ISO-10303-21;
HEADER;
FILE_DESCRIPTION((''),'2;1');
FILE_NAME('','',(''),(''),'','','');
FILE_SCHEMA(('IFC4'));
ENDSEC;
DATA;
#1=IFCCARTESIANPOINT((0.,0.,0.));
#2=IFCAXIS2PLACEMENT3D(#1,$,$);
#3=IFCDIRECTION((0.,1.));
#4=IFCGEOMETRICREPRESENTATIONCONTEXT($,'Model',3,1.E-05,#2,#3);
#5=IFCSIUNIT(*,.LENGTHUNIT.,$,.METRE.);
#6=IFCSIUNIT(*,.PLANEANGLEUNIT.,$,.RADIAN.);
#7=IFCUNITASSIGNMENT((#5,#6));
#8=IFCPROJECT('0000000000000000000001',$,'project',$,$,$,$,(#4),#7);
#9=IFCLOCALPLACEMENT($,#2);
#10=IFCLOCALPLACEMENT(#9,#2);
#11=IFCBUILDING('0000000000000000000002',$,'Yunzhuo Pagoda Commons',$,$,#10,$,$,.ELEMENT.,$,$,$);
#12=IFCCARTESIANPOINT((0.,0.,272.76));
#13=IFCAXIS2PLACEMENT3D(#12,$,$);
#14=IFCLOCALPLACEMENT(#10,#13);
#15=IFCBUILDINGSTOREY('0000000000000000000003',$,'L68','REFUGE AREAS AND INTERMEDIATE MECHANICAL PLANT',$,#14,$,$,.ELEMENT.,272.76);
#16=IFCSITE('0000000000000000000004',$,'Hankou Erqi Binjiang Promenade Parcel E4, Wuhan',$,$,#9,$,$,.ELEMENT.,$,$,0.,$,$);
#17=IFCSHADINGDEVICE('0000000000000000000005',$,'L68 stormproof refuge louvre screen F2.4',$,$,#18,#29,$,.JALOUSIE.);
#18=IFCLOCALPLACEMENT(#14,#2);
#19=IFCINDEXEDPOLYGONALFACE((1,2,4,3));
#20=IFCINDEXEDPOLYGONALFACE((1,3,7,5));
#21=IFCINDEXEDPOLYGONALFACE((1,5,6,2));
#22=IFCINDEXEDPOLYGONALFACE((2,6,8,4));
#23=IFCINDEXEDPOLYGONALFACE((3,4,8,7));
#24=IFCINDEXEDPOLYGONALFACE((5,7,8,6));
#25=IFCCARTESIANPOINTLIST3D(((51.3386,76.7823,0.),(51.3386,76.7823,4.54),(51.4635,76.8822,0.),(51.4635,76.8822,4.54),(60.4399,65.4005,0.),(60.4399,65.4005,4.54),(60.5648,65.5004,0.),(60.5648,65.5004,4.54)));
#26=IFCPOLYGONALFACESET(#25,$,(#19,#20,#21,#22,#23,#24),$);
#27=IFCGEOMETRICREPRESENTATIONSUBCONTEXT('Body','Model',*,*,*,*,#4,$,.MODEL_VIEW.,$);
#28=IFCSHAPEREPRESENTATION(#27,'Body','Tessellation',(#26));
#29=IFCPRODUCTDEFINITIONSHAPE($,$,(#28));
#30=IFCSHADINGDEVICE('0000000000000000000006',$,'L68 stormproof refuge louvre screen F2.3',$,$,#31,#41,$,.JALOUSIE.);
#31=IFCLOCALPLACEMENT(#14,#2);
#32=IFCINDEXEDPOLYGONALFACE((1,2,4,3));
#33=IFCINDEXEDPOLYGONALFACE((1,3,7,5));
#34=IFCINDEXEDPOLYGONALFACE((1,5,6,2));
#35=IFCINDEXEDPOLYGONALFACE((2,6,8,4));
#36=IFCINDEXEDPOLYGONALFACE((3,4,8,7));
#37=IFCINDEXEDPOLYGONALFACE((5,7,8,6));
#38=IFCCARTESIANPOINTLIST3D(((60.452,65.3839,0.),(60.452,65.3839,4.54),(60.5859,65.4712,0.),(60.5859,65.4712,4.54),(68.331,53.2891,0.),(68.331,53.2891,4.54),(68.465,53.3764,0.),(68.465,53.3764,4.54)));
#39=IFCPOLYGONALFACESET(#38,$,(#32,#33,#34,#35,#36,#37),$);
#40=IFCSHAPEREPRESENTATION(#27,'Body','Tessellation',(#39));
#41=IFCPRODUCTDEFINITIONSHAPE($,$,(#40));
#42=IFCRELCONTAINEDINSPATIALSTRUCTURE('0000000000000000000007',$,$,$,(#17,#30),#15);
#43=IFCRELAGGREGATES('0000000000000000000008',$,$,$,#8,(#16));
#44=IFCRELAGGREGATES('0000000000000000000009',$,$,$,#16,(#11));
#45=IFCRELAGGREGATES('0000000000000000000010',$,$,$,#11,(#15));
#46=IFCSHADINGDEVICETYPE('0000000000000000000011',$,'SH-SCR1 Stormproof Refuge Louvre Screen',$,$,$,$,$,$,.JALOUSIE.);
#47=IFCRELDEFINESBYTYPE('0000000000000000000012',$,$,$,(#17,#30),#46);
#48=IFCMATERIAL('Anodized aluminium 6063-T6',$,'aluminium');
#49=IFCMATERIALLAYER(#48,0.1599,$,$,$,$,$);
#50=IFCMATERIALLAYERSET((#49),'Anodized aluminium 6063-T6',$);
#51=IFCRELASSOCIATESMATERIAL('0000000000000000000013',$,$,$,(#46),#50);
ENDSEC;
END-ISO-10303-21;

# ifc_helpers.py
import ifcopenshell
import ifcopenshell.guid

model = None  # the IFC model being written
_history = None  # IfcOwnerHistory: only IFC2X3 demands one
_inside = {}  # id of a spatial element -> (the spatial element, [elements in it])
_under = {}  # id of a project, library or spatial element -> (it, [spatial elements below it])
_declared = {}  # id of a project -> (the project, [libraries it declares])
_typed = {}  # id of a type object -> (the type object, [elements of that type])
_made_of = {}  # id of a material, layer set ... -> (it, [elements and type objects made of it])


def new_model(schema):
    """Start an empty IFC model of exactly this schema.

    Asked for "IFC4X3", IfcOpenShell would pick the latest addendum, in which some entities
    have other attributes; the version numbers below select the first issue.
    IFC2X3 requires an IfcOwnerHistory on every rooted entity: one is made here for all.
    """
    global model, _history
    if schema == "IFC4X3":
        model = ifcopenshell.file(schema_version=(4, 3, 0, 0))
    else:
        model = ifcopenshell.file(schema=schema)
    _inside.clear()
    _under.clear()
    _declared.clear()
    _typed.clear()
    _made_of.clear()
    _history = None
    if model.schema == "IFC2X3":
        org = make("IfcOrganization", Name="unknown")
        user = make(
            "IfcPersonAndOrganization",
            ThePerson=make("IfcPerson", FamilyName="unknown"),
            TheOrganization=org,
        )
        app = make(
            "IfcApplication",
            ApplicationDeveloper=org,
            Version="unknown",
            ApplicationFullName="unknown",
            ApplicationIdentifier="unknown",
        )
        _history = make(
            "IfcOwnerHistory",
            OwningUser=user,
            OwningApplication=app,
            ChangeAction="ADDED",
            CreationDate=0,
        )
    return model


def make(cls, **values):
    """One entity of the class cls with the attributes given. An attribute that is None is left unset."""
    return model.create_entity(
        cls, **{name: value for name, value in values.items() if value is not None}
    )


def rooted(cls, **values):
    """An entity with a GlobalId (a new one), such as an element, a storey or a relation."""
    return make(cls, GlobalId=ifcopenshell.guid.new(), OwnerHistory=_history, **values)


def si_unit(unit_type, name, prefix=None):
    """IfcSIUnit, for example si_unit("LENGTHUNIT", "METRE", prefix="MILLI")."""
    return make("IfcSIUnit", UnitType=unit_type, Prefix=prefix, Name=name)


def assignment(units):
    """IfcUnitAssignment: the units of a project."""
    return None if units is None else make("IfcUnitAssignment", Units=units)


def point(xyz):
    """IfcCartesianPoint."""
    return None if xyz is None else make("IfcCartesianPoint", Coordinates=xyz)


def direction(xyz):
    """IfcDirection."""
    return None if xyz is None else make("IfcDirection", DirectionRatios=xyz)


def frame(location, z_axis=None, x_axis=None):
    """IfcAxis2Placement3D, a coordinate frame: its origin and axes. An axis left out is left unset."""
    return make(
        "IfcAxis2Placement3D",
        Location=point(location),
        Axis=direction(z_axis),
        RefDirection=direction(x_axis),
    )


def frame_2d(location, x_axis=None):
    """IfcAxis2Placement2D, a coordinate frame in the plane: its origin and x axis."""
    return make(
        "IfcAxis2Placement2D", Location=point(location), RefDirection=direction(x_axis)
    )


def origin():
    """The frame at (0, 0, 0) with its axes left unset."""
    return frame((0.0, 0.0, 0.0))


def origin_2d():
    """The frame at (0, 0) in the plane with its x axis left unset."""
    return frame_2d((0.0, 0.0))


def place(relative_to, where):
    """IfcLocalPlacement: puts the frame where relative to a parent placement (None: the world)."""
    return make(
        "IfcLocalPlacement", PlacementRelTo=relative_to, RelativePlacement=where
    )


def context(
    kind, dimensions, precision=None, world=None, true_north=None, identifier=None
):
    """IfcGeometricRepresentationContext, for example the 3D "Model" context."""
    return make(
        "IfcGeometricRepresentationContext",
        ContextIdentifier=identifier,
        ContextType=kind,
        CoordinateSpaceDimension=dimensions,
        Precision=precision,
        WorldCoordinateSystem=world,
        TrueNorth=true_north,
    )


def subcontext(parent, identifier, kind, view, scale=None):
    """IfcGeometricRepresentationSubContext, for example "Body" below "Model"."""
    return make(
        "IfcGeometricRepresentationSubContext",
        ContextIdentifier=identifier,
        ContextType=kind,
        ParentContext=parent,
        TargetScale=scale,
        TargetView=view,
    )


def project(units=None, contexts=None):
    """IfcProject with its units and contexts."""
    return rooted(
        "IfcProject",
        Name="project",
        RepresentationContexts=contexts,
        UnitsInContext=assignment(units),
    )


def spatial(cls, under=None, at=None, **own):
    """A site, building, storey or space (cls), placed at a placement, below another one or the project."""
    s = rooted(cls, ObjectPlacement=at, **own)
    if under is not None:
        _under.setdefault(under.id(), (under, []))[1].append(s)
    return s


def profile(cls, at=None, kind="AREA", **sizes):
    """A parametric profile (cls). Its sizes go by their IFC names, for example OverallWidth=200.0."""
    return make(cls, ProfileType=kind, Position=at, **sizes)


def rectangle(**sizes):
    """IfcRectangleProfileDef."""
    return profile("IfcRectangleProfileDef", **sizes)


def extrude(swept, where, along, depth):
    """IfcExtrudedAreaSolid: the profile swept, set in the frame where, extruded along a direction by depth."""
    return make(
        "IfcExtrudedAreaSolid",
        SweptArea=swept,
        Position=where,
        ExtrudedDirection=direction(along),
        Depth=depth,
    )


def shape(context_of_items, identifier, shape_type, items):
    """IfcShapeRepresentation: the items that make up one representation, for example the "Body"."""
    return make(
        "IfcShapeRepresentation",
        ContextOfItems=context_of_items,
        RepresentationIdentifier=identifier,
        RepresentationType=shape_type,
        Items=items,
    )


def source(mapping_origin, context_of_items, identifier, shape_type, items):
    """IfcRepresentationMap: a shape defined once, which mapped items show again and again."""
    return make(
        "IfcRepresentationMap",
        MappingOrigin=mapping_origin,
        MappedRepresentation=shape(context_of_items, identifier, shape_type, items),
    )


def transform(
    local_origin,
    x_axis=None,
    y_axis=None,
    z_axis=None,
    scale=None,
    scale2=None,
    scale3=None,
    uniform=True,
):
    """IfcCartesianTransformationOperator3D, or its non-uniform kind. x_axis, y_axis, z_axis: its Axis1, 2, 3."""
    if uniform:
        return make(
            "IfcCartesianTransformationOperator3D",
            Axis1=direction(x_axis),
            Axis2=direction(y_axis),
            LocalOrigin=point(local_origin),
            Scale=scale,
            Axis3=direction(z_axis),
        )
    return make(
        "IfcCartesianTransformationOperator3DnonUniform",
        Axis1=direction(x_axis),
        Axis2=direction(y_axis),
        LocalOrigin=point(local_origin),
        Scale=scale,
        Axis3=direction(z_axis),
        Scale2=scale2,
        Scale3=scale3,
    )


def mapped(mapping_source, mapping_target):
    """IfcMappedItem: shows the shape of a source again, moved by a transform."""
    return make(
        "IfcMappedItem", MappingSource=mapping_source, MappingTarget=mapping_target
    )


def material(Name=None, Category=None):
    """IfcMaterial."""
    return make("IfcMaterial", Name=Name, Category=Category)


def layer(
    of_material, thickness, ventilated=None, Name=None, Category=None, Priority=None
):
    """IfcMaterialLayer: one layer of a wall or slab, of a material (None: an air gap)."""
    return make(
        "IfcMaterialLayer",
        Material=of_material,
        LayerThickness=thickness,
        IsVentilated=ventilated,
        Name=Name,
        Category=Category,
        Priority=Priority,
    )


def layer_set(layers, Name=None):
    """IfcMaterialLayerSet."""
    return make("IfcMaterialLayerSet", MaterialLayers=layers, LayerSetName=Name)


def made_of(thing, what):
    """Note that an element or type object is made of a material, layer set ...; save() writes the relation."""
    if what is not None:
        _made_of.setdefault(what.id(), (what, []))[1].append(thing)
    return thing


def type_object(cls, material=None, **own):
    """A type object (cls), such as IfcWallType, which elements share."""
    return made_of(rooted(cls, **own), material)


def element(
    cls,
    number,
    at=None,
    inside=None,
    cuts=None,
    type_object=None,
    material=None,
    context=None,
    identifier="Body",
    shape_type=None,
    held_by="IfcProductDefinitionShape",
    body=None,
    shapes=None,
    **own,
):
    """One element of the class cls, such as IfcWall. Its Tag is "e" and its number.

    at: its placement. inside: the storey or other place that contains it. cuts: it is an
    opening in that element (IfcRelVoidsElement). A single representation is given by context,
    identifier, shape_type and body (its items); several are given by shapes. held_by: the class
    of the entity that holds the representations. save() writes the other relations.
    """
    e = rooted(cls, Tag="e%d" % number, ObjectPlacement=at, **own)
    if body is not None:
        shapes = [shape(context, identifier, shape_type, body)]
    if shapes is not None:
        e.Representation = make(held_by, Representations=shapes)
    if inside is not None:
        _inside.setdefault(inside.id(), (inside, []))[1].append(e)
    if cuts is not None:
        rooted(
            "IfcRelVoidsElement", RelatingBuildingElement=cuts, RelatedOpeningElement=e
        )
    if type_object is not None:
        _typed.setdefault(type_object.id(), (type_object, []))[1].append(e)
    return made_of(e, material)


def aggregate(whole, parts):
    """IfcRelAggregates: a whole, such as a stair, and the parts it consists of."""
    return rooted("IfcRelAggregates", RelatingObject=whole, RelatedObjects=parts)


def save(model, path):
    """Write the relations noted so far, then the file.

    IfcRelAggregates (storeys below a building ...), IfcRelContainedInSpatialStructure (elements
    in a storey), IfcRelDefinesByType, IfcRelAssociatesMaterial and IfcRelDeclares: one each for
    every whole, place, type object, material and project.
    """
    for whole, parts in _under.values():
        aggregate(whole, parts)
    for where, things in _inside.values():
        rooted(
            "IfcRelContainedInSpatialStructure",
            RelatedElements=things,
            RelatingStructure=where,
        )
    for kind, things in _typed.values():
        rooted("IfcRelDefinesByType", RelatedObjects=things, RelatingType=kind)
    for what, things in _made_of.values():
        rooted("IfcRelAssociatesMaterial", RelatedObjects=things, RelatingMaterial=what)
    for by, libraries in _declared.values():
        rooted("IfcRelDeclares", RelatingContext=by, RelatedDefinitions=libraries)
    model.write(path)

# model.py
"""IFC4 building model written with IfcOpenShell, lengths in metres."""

from ifc_helpers import new_model, si_unit, direction, frame, origin, origin_2d, place, context, subcontext, project, spatial, rectangle, extrude, source, transform, mapped, material, layer, layer_set, type_object, element, save


model = new_model("IFC4")

# Units and contexts
model_context = context("Model", 3, precision=1e-05, world=origin(), true_north=direction((0.0, 1.0)))
body_context = subcontext(model_context, "Body", "Model", "MODEL_VIEW")
ifc_project = project(units=[si_unit("LENGTHUNIT", "METRE"), si_unit("PLANEANGLEUNIT", "RADIAN")], contexts=[model_context])

# Site, building, storey
site_placement = place(None, origin())
site = spatial("IfcSite", under=ifc_project, at=site_placement, Name="Hankou Erqi Binjiang Promenade Parcel E4, Wuhan", CompositionType="ELEMENT", RefElevation=0.0)
building_placement = place(site_placement, origin())
building = spatial("IfcBuilding", under=site, at=building_placement, Name="Yunzhuo Pagoda Commons", CompositionType="ELEMENT")
storey_placement = place(building_placement, frame((0.0, 0.0, 272.76)))
storey = spatial("IfcBuildingStorey", under=building, at=storey_placement, Name="L68", Description="REFUGE AREAS AND INTERMEDIATE MECHANICAL PLANT", CompositionType="ELEMENT", Elevation=272.76)

# Shared definitions
ifc_material_1 = material(Name="Anodized aluminium 6063-T6", Category="aluminium")

# Shading devices
ifc_layer_1 = layer(ifc_material_1, 0.1599)
ifc_layer_set_1 = layer_set([ifc_layer_1], Name="Anodized aluminium 6063-T6")
shading_device_type = type_object("IfcShadingDeviceType", Name="SH-SCR1 Stormproof Refuge Louvre Screen", PredefinedType="JALOUSIE", material=ifc_layer_set_1)
shared_shape_1 = source(origin(), body_context, "Body", "SweptSolid", [
    extrude(rectangle(XDim=14.5732, YDim=0.1599, at=origin_2d()), origin(), (0.0, 0.0, 1.0), 4.54),
])
shading_device_1_placement = place(storey_placement, frame((55.9517, 71.1414, 0.0), z_axis=(0.0, 0.0, 1.0), x_axis=(-0.62452, 0.781008, 0.0)))
element("IfcShadingDevice", 1, at=shading_device_1_placement, inside=storey, type_object=shading_device_type, Name="L68 stormproof refuge louvre screen F2.4", PredefinedType="JALOUSIE", context=body_context, shape_type="MappedRepresentation", body=[
    mapped(shared_shape_1, transform((0.0, 0.0, 0.0), scale=1.0)),
])
shared_shape_2 = source(origin(), body_context, "Body", "SweptSolid", [
    extrude(rectangle(XDim=14.4348, YDim=0.1599, at=origin_2d()), origin(), (0.0, 0.0, 1.0), 4.54),
])
shading_device_2_placement = place(storey_placement, frame((64.4585, 59.3801, 0.0), z_axis=(0.0, 0.0, 1.0), x_axis=(-0.545839, 0.83789, 0.0)))
element("IfcShadingDevice", 2, at=shading_device_2_placement, inside=storey, type_object=shading_device_type, Name="L68 stormproof refuge louvre screen F2.3", PredefinedType="JALOUSIE", context=body_context, shape_type="MappedRepresentation", body=[
    mapped(shared_shape_2, transform((0.0, 0.0, 0.0), scale=1.0)),
])

save(model, "model.ifc")
